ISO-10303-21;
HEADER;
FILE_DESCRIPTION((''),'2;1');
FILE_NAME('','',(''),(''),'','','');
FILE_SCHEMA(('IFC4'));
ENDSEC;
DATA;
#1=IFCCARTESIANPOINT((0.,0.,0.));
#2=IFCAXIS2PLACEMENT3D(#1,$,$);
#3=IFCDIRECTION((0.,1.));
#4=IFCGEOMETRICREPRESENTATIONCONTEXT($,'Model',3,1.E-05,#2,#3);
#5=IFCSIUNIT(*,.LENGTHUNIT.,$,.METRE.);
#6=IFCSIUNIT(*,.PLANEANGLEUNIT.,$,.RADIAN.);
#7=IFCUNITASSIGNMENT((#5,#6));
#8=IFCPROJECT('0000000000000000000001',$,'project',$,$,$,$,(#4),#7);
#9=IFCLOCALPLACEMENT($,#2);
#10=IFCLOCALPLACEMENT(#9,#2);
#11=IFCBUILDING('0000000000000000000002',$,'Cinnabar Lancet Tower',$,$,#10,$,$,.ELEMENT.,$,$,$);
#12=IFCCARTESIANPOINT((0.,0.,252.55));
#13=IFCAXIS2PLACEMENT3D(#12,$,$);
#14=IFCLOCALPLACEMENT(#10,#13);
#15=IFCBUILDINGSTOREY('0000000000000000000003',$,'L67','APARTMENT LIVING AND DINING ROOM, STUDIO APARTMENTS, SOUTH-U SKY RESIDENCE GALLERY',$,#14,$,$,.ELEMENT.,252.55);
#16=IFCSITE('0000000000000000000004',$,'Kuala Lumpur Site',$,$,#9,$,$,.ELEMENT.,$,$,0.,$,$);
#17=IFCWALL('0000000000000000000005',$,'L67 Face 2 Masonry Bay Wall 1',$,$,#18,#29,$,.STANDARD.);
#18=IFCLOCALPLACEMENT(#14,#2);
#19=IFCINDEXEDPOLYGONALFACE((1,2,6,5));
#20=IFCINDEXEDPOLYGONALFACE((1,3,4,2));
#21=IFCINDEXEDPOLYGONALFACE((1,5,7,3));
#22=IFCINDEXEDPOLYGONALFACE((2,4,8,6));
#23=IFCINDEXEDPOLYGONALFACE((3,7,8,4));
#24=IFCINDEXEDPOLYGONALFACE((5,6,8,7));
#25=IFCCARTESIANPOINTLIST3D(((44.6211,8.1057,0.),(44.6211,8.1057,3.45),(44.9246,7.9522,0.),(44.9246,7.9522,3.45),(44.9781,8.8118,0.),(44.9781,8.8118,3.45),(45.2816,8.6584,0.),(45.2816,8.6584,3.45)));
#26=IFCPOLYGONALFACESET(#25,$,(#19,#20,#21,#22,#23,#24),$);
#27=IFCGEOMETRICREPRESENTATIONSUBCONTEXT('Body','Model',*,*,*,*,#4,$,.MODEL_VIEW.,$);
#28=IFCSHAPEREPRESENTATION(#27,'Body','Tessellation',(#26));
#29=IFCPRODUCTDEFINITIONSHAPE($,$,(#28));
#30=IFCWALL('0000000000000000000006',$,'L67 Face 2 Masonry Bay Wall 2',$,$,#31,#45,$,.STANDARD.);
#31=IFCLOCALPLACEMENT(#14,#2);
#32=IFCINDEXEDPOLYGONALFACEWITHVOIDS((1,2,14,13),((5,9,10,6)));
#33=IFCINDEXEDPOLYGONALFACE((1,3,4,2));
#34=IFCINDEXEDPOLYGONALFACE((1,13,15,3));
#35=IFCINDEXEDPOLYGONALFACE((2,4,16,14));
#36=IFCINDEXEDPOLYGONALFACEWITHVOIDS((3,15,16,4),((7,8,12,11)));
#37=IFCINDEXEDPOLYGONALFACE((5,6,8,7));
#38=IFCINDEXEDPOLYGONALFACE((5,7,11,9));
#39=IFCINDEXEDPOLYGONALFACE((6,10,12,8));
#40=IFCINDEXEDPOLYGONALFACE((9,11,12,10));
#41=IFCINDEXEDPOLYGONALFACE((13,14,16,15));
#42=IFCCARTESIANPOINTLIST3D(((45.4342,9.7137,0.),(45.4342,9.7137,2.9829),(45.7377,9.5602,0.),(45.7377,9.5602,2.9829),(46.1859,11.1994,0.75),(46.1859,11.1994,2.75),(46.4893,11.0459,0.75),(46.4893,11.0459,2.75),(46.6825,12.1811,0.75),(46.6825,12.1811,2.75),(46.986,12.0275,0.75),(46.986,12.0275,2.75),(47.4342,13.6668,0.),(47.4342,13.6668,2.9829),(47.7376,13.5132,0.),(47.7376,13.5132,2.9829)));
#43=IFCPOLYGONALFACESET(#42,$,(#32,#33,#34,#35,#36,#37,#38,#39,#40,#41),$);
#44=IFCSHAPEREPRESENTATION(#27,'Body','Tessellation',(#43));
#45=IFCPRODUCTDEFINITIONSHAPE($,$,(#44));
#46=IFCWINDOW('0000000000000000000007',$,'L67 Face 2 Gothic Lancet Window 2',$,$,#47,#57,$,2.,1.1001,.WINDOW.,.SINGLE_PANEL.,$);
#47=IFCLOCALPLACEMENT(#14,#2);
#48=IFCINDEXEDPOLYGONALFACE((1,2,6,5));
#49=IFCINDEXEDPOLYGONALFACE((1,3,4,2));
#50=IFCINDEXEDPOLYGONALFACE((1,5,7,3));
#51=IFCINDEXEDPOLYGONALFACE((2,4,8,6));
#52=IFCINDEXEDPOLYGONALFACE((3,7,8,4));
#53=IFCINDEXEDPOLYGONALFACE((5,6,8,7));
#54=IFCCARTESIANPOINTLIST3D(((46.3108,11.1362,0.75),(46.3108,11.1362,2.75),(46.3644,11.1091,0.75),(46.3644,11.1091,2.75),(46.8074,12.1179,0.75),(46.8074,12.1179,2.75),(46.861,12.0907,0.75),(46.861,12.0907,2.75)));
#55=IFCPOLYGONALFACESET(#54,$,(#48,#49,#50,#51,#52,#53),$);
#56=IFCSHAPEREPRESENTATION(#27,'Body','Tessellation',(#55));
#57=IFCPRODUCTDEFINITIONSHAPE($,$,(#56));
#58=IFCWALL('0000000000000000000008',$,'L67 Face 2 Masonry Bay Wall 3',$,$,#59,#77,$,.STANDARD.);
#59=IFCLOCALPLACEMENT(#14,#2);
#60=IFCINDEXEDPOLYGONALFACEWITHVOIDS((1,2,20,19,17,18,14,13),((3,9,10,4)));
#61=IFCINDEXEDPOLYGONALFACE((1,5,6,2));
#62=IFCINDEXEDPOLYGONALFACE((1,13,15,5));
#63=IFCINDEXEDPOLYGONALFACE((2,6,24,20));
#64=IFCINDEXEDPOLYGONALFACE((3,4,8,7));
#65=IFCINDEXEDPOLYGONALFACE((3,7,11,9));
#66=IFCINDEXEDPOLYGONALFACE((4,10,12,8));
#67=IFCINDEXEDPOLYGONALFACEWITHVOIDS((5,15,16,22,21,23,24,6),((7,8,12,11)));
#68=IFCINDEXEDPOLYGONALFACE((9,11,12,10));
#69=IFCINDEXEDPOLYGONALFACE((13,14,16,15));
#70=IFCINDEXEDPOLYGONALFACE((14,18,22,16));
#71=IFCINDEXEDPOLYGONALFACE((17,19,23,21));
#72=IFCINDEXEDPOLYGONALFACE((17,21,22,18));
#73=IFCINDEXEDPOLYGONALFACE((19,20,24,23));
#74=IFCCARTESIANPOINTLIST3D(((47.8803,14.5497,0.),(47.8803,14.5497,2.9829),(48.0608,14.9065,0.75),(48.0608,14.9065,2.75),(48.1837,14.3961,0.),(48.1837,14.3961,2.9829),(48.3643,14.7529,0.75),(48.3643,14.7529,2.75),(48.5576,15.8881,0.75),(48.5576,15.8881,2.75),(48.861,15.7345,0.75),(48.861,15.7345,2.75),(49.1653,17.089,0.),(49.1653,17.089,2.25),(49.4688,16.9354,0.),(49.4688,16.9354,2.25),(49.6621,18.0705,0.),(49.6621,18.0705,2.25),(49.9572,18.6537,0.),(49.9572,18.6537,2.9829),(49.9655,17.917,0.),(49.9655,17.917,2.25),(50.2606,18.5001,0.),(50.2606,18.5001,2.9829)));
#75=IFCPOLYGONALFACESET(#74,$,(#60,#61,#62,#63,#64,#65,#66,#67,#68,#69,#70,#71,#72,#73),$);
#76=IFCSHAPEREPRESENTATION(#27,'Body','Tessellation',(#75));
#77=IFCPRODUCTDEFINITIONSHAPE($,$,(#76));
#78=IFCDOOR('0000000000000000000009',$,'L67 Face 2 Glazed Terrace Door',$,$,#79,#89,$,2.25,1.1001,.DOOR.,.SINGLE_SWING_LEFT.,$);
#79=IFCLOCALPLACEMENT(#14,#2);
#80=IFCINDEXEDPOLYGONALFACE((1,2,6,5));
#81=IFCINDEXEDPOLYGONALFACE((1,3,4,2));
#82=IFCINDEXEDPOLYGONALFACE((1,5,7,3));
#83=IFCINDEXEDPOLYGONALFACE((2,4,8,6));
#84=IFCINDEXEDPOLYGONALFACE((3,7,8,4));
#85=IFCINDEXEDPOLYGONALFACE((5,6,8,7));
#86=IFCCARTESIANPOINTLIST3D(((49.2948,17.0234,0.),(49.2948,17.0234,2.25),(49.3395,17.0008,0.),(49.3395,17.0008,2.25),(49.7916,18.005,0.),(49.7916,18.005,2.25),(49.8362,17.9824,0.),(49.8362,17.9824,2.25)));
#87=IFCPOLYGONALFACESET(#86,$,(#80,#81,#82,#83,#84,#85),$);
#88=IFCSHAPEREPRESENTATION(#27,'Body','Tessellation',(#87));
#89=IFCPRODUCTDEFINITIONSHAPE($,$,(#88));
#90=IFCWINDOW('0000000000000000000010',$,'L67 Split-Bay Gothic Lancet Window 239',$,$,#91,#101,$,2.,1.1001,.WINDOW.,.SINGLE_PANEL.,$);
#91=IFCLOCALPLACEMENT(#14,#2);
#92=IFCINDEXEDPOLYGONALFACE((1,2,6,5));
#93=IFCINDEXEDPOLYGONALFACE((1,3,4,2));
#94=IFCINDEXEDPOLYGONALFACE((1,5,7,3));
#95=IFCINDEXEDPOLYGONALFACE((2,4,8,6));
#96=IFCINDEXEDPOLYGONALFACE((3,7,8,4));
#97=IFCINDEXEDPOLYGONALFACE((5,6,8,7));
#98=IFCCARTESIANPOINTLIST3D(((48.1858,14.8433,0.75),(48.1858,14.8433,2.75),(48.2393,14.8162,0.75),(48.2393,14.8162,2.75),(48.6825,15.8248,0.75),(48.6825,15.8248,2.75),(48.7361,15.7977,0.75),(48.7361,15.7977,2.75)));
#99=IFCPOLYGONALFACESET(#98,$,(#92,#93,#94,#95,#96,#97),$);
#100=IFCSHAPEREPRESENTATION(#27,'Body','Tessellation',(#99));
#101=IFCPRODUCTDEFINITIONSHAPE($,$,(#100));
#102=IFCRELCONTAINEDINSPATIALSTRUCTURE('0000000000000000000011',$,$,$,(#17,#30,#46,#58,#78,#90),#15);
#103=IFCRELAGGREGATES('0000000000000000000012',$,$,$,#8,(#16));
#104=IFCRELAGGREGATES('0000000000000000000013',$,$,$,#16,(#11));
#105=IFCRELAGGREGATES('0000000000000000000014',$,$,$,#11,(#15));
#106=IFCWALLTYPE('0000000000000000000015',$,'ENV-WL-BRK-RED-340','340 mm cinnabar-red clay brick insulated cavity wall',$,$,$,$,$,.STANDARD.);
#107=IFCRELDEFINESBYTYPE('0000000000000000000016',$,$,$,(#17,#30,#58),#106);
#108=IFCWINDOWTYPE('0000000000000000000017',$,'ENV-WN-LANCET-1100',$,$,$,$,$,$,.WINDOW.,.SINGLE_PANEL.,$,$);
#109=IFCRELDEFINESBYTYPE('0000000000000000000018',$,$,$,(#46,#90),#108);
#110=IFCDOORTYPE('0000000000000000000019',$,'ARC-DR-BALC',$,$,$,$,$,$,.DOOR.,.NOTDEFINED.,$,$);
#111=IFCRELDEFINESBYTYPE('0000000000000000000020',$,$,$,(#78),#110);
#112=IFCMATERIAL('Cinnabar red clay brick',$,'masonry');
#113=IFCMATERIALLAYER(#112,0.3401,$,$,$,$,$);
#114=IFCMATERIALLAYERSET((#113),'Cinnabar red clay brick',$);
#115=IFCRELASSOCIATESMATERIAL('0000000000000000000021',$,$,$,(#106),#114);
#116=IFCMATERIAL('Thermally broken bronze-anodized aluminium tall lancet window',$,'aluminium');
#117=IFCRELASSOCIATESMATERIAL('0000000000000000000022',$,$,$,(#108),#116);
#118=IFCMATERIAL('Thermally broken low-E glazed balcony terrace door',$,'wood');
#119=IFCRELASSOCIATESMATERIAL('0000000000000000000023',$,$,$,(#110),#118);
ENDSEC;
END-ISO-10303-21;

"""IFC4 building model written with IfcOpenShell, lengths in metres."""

from ifc_helpers import new_model, si_unit, direction, frame, frame_2d, origin, place, context, subcontext, project, spatial, rectangle, extrude, material, layer, layer_set, type_object, element, fill, save


model = new_model("IFC4")

# Units and contexts
model_context = context("Model", 3, precision=1e-05, world=origin(), true_north=direction((0.0, 1.0)))
body_context = subcontext(model_context, "Body", "Model", "MODEL_VIEW")
ifc_project = project(units=[si_unit("LENGTHUNIT", "METRE"), si_unit("PLANEANGLEUNIT", "RADIAN")], contexts=[model_context])

# Site, building, storey
site_placement = place(None, origin())
site = spatial("IfcSite", under=ifc_project, at=site_placement, Name="Kuala Lumpur Site", CompositionType="ELEMENT", RefElevation=0.0)
building_placement = place(site_placement, origin())
building = spatial("IfcBuilding", under=site, at=building_placement, Name="Cinnabar Lancet Tower", CompositionType="ELEMENT")
storey_placement = place(building_placement, frame((0.0, 0.0, 252.55)))
storey = spatial("IfcBuildingStorey", under=building, at=storey_placement, Name="L67", Description="APARTMENT LIVING AND DINING ROOM, STUDIO APARTMENTS, SOUTH-U SKY RESIDENCE GALLERY", CompositionType="ELEMENT", Elevation=252.55)

# Wall
ifc_material_1 = material(Name="Cinnabar red clay brick", Category="masonry")
ifc_layer_1 = layer(ifc_material_1, 0.3401)
ifc_layer_set_1 = layer_set([ifc_layer_1], Name="Cinnabar red clay brick")
wall_type_1 = type_object("IfcWallType", Name="ENV-WL-BRK-RED-340", Description="340 mm cinnabar-red clay brick insulated cavity wall", PredefinedType="STANDARD", material=ifc_layer_set_1)
wall_1_placement = place(storey_placement, frame((44.7729, 8.0291, 0.0), z_axis=(0.0, 0.0, 1.0), x_axis=(0.451159, 0.892443, 0.0)))
element("IfcWall", 1, at=wall_1_placement, inside=storey, type_object=wall_type_1, Name="L67 Face 2 Masonry Bay Wall 1", PredefinedType="STANDARD", context=body_context, shape_type="SweptSolid", body=[
    extrude(rectangle(XDim=0.7913, YDim=0.3401, at=frame_2d((0.3955, 0.0))), origin(), (0.0, 0.0, 1.0), 3.45),
])

# Wall, opening, window
wall_2_placement = place(storey_placement, frame((45.5859, 9.637, 0.0), z_axis=(0.0, 0.0, 1.0), x_axis=(0.451441, 0.892301, 0.0)))
wall_2 = element("IfcWall", 2, at=wall_2_placement, inside=storey, type_object=wall_type_1, Name="L67 Face 2 Masonry Bay Wall 2", PredefinedType="STANDARD", context=body_context, shape_type="SweptSolid", body=[
    extrude(rectangle(XDim=4.4302, YDim=0.3401, at=frame_2d((2.2151, 0.0))), origin(), (0.0, 0.0, 1.0), 2.9829),
])
opening_1_placement = place(wall_2_placement, frame((1.665, 0.0, 0.75)))
opening_1 = element("IfcOpeningElement", 3, at=opening_1_placement, cuts=wall_2, PredefinedType="OPENING", context=body_context, shape_type="SweptSolid", body=[
    extrude(rectangle(XDim=1.1001, YDim=2.0, at=frame_2d((0.55, 1.0))), frame((0.0, 0.1799, 0.0), z_axis=(0.0, -1.0, 0.0), x_axis=(1.0, 0.0, 0.0)), (0.0, 0.0, 1.0), 0.3601),
])
ifc_material_2 = material(Name="Thermally broken bronze-anodized aluminium tall lancet window", Category="aluminium")
window_type = type_object("IfcWindowType", Name="ENV-WN-LANCET-1100", PartitioningType="SINGLE_PANEL", PredefinedType="WINDOW", material=ifc_material_2)
window_1_placement = place(opening_1_placement, origin())
window_1 = element("IfcWindow", 4, at=window_1_placement, inside=storey, type_object=window_type, Name="L67 Face 2 Gothic Lancet Window 2", OverallHeight=2.0, OverallWidth=1.1001, PartitioningType="SINGLE_PANEL", PredefinedType="WINDOW", context=body_context, shape_type="SweptSolid", body=[
    extrude(rectangle(XDim=1.1001, YDim=2.0, at=frame_2d((0.55, 1.0))), frame((0.0, 0.03, 0.0), z_axis=(0.0, -1.0, 0.0), x_axis=(1.0, 0.0, 0.0)), (0.0, 0.0, 1.0), 0.0601),
])
fill(opening_1, window_1)

# Wall, openings, door, window
wall_3_placement = place(storey_placement, frame((48.032, 14.4729, 0.0), z_axis=(0.0, 0.0, 1.0), x_axis=(0.45154, 0.892251, 0.0)))
wall_3 = element("IfcWall", 5, at=wall_3_placement, inside=storey, type_object=wall_type_1, Name="L67 Face 2 Masonry Bay Wall 3", PredefinedType="STANDARD", context=body_context, shape_type="SweptSolid", body=[
    extrude(rectangle(XDim=4.5996, YDim=0.3401, at=frame_2d((2.2998, 0.0))), origin(), (0.0, 0.0, 1.0), 2.9829),
])
opening_2_placement = place(wall_3_placement, frame((2.8459, 0.0, 0.0)))
opening_2 = element("IfcOpeningElement", 6, at=opening_2_placement, cuts=wall_3, PredefinedType="OPENING", context=body_context, shape_type="SweptSolid", body=[
    extrude(rectangle(XDim=1.1001, YDim=2.25, at=frame_2d((0.55, 1.125))), frame((0.0, 0.1799, 0.0), z_axis=(0.0, -1.0, 0.0), x_axis=(1.0, 0.0, 0.0)), (0.0, 0.0, 1.0), 0.3601),
])
opening_3_placement = place(wall_3_placement, frame((0.3999, 0.0, 0.75)))
opening_3 = element("IfcOpeningElement", 7, at=opening_3_placement, cuts=wall_3, PredefinedType="OPENING", context=body_context, shape_type="SweptSolid", body=[
    extrude(rectangle(XDim=1.1001, YDim=2.0, at=frame_2d((0.55, 1.0))), frame((0.0, 0.1799, 0.0), z_axis=(0.0, -1.0, 0.0), x_axis=(1.0, 0.0, 0.0)), (0.0, 0.0, 1.0), 0.3601),
])
ifc_material_3 = material(Name="Thermally broken low-E glazed balcony terrace door", Category="wood")
door_type_1 = type_object("IfcDoorType", Name="ARC-DR-BALC", OperationType="NOTDEFINED", PredefinedType="DOOR", material=ifc_material_3)
door_1_placement = place(opening_2_placement, origin())
door_1 = element("IfcDoor", 8, at=door_1_placement, inside=storey, type_object=door_type_1, Name="L67 Face 2 Glazed Terrace Door", OperationType="SINGLE_SWING_LEFT", OverallHeight=2.25, OverallWidth=1.1001, PredefinedType="DOOR", context=body_context, shape_type="SweptSolid", body=[
    extrude(rectangle(XDim=1.1001, YDim=2.25, at=frame_2d((0.55, 1.125))), frame((0.0, 0.0249, 0.0), z_axis=(0.0, -1.0, 0.0), x_axis=(1.0, 0.0, 0.0)), (0.0, 0.0, 1.0), 0.05),
])
fill(opening_2, door_1)
window_2_placement = place(opening_3_placement, origin())
window_2 = element("IfcWindow", 9, at=window_2_placement, inside=storey, type_object=window_type, Name="L67 Split-Bay Gothic Lancet Window 239", OverallHeight=2.0, OverallWidth=1.1001, PartitioningType="SINGLE_PANEL", PredefinedType="WINDOW", context=body_context, shape_type="SweptSolid", body=[
    extrude(rectangle(XDim=1.1001, YDim=2.0, at=frame_2d((0.55, 1.0))), frame((0.0, 0.03, 0.0), z_axis=(0.0, -1.0, 0.0), x_axis=(1.0, 0.0, 0.0)), (0.0, 0.0, 1.0), 0.0601),
])
fill(opening_3, window_2)

save(model, "model.ifc")
